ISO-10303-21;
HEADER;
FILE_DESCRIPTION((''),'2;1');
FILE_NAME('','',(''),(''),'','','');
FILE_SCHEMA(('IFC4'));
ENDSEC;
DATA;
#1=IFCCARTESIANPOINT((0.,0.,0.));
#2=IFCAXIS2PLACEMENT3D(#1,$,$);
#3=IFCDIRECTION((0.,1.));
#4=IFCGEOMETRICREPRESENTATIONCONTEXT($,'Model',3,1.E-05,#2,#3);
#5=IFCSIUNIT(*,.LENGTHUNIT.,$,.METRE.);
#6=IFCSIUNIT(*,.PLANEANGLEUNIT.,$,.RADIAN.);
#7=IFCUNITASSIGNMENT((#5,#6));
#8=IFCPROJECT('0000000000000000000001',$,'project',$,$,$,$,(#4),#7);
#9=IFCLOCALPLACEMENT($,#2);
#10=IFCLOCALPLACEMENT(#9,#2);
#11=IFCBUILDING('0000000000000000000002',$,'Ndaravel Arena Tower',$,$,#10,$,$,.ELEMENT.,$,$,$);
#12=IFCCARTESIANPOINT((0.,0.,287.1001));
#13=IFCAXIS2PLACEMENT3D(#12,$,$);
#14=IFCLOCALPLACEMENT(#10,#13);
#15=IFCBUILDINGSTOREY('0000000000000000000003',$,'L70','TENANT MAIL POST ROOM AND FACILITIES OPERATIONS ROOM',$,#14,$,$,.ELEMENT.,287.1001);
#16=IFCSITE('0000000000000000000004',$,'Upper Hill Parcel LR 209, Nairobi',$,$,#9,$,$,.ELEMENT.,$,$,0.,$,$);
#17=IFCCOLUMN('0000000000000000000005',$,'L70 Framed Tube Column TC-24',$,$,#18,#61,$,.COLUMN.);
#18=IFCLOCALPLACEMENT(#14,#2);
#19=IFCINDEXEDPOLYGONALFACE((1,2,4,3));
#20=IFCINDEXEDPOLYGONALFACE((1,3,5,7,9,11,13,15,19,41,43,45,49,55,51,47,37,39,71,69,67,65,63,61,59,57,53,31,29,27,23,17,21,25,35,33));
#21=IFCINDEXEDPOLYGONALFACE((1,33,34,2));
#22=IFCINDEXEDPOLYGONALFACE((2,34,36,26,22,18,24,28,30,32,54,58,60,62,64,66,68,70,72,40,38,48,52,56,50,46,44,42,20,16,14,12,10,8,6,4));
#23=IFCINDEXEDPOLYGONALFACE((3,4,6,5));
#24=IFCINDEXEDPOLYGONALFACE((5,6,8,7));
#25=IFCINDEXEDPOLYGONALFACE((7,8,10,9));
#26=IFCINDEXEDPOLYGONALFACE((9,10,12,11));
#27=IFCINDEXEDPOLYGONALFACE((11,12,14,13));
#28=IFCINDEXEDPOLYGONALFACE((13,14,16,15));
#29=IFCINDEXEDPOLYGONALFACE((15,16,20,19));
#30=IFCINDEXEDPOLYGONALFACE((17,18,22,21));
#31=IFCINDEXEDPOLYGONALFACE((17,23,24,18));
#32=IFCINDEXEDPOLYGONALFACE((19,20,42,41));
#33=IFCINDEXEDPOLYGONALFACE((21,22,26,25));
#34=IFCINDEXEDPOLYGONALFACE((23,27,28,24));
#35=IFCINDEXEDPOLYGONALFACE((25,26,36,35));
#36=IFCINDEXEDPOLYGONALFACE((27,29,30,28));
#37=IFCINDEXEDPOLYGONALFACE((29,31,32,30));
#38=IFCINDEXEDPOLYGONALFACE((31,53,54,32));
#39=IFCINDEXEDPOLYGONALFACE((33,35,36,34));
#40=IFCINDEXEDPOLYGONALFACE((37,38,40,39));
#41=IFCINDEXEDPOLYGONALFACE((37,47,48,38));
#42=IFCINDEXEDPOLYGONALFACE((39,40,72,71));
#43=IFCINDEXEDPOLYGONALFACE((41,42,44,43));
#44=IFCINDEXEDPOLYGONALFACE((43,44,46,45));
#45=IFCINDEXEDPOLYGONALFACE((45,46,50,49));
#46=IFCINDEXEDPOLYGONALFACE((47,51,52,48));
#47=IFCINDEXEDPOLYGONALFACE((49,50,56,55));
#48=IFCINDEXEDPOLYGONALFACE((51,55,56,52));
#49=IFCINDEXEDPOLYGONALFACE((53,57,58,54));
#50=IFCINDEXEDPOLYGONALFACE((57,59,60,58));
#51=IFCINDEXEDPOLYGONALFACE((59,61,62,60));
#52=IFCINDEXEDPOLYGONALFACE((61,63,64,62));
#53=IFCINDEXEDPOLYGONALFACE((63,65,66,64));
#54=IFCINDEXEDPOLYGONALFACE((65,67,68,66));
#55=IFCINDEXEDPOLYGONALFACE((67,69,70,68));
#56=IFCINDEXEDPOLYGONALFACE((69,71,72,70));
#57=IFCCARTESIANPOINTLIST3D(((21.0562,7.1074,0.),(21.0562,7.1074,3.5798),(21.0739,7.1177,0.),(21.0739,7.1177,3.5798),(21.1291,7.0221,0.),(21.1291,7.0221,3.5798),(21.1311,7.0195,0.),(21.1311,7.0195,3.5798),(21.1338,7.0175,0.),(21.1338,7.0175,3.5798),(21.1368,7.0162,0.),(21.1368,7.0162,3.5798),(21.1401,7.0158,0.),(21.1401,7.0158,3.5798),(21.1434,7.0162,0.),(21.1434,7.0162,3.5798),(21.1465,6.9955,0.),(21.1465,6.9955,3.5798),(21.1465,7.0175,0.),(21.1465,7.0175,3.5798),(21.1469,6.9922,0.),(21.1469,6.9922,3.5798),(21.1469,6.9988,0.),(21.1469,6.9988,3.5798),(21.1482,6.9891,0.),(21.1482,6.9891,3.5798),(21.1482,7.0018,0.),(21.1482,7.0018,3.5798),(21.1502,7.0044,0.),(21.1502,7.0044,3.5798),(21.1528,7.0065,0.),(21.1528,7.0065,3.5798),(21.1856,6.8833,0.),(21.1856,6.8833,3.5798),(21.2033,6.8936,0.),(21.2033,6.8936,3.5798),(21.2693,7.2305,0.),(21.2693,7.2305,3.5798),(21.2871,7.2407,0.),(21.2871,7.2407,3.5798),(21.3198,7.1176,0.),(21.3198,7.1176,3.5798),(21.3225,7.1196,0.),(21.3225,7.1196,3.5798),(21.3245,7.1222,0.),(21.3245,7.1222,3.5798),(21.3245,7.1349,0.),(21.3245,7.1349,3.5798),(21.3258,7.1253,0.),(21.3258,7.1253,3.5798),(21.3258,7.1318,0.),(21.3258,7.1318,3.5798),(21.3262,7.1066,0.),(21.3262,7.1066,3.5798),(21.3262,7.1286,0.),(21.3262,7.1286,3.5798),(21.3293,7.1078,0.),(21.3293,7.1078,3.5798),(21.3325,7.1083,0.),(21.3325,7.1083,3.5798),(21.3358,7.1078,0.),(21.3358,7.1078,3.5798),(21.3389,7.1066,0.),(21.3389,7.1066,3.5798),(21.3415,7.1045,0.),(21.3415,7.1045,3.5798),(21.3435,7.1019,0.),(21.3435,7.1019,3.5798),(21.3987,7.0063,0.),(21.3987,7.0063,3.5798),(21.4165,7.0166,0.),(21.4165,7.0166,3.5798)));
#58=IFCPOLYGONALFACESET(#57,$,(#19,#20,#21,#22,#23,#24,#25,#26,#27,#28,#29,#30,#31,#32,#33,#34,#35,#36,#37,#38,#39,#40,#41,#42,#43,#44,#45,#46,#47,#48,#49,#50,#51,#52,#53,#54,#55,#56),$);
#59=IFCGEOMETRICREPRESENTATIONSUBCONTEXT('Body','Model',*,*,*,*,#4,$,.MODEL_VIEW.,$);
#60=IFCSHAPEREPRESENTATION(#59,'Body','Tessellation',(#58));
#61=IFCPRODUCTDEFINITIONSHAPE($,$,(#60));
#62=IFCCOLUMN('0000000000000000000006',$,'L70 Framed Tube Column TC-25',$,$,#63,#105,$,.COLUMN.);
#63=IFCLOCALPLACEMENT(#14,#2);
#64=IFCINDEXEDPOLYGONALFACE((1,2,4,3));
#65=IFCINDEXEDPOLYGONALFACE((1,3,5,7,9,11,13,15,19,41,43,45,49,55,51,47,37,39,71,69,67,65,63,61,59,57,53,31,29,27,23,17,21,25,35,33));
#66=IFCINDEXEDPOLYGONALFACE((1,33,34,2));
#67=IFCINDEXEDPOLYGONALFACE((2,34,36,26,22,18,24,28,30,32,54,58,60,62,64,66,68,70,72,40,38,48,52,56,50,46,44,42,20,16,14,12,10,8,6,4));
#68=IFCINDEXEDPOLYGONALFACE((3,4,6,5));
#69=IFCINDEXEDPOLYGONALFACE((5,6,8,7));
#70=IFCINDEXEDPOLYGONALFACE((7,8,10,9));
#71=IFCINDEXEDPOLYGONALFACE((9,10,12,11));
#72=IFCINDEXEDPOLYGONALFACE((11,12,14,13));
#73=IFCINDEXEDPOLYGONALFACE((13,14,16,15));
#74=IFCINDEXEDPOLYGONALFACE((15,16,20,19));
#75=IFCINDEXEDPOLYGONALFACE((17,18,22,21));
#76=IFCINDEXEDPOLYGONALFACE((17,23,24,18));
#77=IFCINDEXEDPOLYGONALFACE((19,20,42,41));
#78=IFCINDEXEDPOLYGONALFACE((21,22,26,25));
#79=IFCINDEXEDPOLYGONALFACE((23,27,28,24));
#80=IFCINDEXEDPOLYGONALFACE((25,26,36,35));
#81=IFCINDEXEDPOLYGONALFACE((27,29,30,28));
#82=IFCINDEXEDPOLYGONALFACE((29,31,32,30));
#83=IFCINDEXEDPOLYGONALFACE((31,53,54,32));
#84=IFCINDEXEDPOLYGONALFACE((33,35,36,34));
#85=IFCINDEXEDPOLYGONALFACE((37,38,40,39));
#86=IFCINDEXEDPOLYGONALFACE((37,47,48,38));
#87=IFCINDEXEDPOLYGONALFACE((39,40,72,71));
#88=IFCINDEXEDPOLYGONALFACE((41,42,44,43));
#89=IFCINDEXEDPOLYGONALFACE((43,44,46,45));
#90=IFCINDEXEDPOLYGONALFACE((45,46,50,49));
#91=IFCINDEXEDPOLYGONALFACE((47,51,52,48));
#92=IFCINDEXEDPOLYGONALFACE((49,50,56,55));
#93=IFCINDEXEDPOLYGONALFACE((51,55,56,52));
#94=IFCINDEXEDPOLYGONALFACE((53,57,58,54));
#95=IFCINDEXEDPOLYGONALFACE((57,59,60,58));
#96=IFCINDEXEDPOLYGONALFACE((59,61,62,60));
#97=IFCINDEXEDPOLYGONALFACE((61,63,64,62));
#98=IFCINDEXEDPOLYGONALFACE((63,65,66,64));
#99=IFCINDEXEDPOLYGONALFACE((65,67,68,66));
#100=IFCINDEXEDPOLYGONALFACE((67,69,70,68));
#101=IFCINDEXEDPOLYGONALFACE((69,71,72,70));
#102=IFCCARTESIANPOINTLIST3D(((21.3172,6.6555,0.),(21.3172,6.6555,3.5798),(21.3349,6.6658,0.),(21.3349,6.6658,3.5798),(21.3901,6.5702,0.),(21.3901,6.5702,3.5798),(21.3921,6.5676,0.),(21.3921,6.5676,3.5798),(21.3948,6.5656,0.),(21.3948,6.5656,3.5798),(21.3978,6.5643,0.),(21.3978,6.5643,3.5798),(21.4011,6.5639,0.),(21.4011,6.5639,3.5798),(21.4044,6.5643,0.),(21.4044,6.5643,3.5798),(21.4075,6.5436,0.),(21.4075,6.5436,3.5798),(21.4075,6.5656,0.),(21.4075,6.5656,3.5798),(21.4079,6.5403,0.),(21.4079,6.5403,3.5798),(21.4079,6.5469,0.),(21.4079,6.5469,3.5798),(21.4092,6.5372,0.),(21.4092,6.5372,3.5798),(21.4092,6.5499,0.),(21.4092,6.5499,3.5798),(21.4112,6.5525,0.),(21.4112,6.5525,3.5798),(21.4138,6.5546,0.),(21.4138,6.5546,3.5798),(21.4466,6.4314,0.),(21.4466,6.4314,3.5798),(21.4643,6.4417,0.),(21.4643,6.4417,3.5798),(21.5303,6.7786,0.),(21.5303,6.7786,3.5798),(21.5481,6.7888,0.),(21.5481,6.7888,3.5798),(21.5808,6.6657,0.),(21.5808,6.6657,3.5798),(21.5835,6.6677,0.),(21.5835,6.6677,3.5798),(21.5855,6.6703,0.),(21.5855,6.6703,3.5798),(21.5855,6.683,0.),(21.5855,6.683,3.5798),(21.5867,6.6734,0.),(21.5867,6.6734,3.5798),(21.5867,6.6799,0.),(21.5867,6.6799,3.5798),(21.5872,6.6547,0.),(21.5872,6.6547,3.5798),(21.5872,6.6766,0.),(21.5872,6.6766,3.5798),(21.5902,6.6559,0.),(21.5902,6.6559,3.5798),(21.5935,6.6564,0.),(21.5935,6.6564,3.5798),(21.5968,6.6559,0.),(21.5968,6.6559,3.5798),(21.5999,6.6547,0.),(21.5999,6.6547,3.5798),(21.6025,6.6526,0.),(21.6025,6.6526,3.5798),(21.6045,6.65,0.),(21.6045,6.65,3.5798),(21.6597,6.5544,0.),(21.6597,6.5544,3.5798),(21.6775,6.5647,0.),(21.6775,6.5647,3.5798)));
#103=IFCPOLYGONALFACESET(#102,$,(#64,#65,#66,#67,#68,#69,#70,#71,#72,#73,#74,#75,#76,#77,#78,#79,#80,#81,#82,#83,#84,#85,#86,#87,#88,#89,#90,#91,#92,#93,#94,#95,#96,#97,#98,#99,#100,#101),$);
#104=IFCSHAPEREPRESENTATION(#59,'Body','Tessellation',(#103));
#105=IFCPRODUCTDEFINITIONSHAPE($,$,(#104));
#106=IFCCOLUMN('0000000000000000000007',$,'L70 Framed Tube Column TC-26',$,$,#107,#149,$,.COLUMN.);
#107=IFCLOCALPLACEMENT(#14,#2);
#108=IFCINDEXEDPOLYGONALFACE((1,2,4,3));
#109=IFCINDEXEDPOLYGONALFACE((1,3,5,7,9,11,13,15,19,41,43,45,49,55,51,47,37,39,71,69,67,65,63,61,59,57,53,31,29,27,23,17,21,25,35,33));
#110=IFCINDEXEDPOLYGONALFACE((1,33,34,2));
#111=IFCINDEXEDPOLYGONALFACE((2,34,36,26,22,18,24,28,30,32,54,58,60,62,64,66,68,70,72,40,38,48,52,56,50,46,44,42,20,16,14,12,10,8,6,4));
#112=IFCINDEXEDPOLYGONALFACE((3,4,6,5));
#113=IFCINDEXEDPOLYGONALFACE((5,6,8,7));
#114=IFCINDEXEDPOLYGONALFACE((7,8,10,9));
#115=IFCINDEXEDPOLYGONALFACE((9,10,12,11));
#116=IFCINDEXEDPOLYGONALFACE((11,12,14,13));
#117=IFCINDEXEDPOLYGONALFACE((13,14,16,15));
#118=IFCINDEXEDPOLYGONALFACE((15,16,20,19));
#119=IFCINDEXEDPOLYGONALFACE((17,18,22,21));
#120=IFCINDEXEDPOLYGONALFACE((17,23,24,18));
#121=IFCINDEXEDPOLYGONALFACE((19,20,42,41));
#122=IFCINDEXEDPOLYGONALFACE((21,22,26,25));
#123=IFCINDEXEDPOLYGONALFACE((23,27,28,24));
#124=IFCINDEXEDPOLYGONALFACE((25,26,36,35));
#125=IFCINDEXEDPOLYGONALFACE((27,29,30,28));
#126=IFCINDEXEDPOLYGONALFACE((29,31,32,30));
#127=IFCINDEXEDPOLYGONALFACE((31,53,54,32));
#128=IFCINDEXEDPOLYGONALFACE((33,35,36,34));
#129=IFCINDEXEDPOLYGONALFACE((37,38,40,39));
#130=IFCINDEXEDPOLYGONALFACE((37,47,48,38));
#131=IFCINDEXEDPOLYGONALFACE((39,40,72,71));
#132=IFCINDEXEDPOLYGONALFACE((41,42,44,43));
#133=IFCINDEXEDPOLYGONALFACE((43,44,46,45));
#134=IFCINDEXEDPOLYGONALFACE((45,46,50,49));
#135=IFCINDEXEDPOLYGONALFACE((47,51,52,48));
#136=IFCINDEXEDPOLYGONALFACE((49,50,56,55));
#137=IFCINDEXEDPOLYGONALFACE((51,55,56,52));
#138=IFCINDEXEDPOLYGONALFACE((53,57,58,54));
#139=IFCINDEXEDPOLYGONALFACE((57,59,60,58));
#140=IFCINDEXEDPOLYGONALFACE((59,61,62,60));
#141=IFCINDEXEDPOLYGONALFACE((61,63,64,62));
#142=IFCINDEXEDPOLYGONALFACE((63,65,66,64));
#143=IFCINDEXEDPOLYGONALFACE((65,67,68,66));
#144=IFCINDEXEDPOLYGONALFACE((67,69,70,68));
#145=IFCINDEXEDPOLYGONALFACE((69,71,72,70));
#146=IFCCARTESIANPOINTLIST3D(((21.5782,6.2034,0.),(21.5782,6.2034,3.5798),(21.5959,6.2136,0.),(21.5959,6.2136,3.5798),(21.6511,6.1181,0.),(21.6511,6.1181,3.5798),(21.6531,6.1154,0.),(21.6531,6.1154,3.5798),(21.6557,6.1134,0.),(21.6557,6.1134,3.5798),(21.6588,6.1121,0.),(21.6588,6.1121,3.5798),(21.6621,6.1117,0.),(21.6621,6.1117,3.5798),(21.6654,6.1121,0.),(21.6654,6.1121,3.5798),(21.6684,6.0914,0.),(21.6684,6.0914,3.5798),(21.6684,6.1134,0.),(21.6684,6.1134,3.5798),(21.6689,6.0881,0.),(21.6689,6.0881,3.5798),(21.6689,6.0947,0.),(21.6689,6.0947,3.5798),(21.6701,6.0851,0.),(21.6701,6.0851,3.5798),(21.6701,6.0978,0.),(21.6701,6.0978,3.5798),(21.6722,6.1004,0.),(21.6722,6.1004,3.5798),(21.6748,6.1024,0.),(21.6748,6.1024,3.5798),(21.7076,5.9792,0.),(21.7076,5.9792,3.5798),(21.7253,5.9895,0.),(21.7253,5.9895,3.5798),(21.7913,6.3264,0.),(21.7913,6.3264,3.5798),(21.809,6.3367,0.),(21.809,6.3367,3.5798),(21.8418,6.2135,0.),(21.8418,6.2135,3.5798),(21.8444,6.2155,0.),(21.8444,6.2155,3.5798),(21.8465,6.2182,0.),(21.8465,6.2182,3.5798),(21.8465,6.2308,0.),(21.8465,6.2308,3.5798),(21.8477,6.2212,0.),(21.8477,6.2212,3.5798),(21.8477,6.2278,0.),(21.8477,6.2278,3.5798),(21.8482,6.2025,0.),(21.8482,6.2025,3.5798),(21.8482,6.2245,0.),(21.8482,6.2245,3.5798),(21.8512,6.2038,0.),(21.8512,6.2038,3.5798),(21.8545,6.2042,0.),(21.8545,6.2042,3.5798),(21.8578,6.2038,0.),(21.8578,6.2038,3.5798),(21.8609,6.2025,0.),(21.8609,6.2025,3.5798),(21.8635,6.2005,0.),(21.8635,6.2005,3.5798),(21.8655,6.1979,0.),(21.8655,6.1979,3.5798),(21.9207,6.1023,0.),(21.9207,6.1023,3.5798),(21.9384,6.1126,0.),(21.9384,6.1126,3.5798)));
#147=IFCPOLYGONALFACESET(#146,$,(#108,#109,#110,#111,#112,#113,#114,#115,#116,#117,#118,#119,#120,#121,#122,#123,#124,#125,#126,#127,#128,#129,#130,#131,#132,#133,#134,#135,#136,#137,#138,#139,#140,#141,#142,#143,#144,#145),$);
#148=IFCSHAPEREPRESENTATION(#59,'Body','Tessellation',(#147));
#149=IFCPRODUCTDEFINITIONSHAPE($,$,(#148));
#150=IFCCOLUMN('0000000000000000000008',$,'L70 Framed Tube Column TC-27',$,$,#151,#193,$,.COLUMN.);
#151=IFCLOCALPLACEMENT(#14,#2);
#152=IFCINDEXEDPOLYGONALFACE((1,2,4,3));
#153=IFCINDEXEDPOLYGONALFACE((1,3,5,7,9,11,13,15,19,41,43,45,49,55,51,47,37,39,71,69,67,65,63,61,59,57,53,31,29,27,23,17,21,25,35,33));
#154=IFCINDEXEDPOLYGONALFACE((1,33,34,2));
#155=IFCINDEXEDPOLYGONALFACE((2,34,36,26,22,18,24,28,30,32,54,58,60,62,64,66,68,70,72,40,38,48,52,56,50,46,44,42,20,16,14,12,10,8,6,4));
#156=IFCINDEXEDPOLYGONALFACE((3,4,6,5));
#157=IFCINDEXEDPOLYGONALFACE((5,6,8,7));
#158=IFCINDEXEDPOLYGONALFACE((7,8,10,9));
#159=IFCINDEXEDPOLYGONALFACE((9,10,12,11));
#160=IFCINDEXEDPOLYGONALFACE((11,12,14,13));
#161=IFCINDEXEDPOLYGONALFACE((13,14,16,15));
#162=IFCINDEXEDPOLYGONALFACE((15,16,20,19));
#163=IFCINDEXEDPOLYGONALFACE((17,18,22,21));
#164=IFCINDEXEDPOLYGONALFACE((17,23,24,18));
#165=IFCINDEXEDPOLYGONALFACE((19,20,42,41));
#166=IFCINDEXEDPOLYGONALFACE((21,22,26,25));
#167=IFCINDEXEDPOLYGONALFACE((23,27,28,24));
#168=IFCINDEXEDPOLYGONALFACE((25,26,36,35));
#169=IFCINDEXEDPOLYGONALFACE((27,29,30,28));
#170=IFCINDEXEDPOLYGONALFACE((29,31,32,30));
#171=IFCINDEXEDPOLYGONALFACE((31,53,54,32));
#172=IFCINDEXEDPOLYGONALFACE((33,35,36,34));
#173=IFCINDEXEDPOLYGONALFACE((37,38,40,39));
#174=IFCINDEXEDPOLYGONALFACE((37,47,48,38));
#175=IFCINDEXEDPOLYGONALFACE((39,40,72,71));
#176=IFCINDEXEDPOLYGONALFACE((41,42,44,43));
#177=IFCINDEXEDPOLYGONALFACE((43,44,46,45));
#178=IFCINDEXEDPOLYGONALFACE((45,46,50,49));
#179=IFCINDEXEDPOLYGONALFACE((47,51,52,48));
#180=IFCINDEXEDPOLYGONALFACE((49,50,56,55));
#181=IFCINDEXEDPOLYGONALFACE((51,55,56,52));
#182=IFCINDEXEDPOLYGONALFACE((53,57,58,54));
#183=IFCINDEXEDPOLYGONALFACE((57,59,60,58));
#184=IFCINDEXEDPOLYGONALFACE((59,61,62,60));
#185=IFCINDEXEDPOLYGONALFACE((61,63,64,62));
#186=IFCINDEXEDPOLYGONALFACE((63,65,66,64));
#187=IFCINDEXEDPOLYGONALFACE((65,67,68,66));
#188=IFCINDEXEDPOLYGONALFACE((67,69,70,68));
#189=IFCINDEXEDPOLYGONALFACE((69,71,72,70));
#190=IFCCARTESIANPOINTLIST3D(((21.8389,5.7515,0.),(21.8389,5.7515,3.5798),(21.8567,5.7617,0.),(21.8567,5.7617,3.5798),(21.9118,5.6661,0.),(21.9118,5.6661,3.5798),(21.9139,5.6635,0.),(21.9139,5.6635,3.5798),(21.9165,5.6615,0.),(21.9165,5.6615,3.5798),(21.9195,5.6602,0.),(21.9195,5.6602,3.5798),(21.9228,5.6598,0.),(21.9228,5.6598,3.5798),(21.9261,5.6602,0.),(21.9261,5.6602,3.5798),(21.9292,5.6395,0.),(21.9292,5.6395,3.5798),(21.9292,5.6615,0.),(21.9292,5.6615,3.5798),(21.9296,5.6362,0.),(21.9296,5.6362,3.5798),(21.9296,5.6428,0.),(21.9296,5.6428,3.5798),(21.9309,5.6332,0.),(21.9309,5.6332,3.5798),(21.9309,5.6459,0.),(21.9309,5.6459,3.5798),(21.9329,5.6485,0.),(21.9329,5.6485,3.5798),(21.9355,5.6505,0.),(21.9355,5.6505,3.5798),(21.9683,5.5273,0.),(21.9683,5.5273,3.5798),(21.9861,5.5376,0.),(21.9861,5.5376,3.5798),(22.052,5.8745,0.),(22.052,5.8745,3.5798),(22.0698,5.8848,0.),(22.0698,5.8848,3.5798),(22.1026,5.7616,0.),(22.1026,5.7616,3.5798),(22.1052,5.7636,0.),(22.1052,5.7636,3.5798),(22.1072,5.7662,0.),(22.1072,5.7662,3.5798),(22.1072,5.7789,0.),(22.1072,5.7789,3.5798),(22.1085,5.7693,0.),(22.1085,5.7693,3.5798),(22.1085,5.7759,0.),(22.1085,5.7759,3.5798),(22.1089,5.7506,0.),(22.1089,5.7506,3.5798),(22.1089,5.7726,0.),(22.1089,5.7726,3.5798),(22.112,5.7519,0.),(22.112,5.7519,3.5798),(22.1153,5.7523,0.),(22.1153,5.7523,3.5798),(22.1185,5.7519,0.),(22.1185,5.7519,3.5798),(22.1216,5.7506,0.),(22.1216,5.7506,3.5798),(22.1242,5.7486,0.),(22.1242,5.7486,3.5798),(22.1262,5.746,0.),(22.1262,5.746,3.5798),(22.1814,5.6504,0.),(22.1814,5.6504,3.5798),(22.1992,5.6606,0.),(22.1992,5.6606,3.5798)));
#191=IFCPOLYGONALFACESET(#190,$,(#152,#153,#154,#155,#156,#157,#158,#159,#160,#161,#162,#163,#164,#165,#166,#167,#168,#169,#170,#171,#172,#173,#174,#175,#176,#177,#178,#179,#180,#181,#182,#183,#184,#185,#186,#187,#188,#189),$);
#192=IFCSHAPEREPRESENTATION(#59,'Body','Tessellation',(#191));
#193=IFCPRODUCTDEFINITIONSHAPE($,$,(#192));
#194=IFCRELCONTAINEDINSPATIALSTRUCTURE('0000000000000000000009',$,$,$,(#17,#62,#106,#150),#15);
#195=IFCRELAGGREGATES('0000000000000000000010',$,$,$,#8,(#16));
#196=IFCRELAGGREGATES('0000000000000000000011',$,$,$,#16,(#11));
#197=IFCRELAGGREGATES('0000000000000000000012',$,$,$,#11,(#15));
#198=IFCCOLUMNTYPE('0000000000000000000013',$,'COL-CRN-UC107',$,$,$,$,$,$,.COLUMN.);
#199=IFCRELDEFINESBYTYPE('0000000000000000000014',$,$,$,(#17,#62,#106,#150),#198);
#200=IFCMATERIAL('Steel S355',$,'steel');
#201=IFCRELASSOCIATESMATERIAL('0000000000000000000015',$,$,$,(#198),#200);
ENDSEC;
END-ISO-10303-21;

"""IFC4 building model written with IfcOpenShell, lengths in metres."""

from ifc_helpers import new_model, si_unit, direction, frame, origin, origin_2d, place, context, subcontext, project, spatial, i_section, extrude, material, material_profile, profile_set, type_object, element, save


model = new_model("IFC4")

# Units and contexts
model_context = context("Model", 3, precision=1e-05, world=origin(), true_north=direction((0.0, 1.0)))
body_context = subcontext(model_context, "Body", "Model", "MODEL_VIEW")
ifc_project = project(units=[si_unit("LENGTHUNIT", "METRE"), si_unit("PLANEANGLEUNIT", "RADIAN")], contexts=[model_context])

# Site, building, storey
site_placement = place(None, origin())
site = spatial("IfcSite", under=ifc_project, at=site_placement, Name="Upper Hill Parcel LR 209, Nairobi", CompositionType="ELEMENT", RefElevation=0.0)
building_placement = place(site_placement, origin())
building = spatial("IfcBuilding", under=site, at=building_placement, Name="Ndaravel Arena Tower", CompositionType="ELEMENT")
storey_placement = place(building_placement, frame((0.0, 0.0, 287.1001)))
storey = spatial("IfcBuildingStorey", under=building, at=storey_placement, Name="L70", Description="TENANT MAIL POST ROOM AND FACILITIES OPERATIONS ROOM", CompositionType="ELEMENT", Elevation=287.1001)

# Columns
ifc_material_1 = material(Name="Steel S355", Category="steel")
ifc_material_profile_1 = material_profile(ifc_material_1, i_section(OverallWidth=0.2588, OverallDepth=0.2666, WebThickness=0.0127, FlangeThickness=0.0205, FilletRadius=0.0127, at=origin_2d()), Name="UC 254x254x107")
ifc_profile_set_1 = profile_set([ifc_material_profile_1], Name="Steel S355")
column_type = type_object("IfcColumnType", Name="COL-CRN-UC107", PredefinedType="COLUMN", material=ifc_profile_set_1)
for number, where, z_axis, x_axis, name in (
    (1, (21.2363, 7.062, 0.0), (0.0, 0.0, 1.0), (-0.5, 0.866025, 0.0), "L70 Framed Tube Column TC-24"),
    (2, (21.4973, 6.6101, 0.0), (0.0, 0.0, 1.0), (-0.5, 0.866025, 0.0), "L70 Framed Tube Column TC-25"),
    (3, (21.7583, 6.158, 0.0), (0.0, 0.0, 1.0), (-0.5, 0.866025, 0.0), "L70 Framed Tube Column TC-26"),
    (4, (22.019, 5.7061, 0.0), (0.0, 0.0, 1.0), (-0.5, 0.866025, 0.0), "L70 Framed Tube Column TC-27"),
):
    element("IfcColumn", number, at=place(storey_placement, frame(where, z_axis=z_axis, x_axis=x_axis)), inside=storey, type_object=column_type, Name=name, PredefinedType="COLUMN", context=body_context, shape_type="SweptSolid", body=[
        extrude(i_section(OverallWidth=0.2588, OverallDepth=0.2666, WebThickness=0.0127, FlangeThickness=0.0205, FilletRadius=0.0127, at=origin_2d()), origin(), (0.0, 0.0, 1.0), 3.5798),
    ])

save(model, "model.ifc")
